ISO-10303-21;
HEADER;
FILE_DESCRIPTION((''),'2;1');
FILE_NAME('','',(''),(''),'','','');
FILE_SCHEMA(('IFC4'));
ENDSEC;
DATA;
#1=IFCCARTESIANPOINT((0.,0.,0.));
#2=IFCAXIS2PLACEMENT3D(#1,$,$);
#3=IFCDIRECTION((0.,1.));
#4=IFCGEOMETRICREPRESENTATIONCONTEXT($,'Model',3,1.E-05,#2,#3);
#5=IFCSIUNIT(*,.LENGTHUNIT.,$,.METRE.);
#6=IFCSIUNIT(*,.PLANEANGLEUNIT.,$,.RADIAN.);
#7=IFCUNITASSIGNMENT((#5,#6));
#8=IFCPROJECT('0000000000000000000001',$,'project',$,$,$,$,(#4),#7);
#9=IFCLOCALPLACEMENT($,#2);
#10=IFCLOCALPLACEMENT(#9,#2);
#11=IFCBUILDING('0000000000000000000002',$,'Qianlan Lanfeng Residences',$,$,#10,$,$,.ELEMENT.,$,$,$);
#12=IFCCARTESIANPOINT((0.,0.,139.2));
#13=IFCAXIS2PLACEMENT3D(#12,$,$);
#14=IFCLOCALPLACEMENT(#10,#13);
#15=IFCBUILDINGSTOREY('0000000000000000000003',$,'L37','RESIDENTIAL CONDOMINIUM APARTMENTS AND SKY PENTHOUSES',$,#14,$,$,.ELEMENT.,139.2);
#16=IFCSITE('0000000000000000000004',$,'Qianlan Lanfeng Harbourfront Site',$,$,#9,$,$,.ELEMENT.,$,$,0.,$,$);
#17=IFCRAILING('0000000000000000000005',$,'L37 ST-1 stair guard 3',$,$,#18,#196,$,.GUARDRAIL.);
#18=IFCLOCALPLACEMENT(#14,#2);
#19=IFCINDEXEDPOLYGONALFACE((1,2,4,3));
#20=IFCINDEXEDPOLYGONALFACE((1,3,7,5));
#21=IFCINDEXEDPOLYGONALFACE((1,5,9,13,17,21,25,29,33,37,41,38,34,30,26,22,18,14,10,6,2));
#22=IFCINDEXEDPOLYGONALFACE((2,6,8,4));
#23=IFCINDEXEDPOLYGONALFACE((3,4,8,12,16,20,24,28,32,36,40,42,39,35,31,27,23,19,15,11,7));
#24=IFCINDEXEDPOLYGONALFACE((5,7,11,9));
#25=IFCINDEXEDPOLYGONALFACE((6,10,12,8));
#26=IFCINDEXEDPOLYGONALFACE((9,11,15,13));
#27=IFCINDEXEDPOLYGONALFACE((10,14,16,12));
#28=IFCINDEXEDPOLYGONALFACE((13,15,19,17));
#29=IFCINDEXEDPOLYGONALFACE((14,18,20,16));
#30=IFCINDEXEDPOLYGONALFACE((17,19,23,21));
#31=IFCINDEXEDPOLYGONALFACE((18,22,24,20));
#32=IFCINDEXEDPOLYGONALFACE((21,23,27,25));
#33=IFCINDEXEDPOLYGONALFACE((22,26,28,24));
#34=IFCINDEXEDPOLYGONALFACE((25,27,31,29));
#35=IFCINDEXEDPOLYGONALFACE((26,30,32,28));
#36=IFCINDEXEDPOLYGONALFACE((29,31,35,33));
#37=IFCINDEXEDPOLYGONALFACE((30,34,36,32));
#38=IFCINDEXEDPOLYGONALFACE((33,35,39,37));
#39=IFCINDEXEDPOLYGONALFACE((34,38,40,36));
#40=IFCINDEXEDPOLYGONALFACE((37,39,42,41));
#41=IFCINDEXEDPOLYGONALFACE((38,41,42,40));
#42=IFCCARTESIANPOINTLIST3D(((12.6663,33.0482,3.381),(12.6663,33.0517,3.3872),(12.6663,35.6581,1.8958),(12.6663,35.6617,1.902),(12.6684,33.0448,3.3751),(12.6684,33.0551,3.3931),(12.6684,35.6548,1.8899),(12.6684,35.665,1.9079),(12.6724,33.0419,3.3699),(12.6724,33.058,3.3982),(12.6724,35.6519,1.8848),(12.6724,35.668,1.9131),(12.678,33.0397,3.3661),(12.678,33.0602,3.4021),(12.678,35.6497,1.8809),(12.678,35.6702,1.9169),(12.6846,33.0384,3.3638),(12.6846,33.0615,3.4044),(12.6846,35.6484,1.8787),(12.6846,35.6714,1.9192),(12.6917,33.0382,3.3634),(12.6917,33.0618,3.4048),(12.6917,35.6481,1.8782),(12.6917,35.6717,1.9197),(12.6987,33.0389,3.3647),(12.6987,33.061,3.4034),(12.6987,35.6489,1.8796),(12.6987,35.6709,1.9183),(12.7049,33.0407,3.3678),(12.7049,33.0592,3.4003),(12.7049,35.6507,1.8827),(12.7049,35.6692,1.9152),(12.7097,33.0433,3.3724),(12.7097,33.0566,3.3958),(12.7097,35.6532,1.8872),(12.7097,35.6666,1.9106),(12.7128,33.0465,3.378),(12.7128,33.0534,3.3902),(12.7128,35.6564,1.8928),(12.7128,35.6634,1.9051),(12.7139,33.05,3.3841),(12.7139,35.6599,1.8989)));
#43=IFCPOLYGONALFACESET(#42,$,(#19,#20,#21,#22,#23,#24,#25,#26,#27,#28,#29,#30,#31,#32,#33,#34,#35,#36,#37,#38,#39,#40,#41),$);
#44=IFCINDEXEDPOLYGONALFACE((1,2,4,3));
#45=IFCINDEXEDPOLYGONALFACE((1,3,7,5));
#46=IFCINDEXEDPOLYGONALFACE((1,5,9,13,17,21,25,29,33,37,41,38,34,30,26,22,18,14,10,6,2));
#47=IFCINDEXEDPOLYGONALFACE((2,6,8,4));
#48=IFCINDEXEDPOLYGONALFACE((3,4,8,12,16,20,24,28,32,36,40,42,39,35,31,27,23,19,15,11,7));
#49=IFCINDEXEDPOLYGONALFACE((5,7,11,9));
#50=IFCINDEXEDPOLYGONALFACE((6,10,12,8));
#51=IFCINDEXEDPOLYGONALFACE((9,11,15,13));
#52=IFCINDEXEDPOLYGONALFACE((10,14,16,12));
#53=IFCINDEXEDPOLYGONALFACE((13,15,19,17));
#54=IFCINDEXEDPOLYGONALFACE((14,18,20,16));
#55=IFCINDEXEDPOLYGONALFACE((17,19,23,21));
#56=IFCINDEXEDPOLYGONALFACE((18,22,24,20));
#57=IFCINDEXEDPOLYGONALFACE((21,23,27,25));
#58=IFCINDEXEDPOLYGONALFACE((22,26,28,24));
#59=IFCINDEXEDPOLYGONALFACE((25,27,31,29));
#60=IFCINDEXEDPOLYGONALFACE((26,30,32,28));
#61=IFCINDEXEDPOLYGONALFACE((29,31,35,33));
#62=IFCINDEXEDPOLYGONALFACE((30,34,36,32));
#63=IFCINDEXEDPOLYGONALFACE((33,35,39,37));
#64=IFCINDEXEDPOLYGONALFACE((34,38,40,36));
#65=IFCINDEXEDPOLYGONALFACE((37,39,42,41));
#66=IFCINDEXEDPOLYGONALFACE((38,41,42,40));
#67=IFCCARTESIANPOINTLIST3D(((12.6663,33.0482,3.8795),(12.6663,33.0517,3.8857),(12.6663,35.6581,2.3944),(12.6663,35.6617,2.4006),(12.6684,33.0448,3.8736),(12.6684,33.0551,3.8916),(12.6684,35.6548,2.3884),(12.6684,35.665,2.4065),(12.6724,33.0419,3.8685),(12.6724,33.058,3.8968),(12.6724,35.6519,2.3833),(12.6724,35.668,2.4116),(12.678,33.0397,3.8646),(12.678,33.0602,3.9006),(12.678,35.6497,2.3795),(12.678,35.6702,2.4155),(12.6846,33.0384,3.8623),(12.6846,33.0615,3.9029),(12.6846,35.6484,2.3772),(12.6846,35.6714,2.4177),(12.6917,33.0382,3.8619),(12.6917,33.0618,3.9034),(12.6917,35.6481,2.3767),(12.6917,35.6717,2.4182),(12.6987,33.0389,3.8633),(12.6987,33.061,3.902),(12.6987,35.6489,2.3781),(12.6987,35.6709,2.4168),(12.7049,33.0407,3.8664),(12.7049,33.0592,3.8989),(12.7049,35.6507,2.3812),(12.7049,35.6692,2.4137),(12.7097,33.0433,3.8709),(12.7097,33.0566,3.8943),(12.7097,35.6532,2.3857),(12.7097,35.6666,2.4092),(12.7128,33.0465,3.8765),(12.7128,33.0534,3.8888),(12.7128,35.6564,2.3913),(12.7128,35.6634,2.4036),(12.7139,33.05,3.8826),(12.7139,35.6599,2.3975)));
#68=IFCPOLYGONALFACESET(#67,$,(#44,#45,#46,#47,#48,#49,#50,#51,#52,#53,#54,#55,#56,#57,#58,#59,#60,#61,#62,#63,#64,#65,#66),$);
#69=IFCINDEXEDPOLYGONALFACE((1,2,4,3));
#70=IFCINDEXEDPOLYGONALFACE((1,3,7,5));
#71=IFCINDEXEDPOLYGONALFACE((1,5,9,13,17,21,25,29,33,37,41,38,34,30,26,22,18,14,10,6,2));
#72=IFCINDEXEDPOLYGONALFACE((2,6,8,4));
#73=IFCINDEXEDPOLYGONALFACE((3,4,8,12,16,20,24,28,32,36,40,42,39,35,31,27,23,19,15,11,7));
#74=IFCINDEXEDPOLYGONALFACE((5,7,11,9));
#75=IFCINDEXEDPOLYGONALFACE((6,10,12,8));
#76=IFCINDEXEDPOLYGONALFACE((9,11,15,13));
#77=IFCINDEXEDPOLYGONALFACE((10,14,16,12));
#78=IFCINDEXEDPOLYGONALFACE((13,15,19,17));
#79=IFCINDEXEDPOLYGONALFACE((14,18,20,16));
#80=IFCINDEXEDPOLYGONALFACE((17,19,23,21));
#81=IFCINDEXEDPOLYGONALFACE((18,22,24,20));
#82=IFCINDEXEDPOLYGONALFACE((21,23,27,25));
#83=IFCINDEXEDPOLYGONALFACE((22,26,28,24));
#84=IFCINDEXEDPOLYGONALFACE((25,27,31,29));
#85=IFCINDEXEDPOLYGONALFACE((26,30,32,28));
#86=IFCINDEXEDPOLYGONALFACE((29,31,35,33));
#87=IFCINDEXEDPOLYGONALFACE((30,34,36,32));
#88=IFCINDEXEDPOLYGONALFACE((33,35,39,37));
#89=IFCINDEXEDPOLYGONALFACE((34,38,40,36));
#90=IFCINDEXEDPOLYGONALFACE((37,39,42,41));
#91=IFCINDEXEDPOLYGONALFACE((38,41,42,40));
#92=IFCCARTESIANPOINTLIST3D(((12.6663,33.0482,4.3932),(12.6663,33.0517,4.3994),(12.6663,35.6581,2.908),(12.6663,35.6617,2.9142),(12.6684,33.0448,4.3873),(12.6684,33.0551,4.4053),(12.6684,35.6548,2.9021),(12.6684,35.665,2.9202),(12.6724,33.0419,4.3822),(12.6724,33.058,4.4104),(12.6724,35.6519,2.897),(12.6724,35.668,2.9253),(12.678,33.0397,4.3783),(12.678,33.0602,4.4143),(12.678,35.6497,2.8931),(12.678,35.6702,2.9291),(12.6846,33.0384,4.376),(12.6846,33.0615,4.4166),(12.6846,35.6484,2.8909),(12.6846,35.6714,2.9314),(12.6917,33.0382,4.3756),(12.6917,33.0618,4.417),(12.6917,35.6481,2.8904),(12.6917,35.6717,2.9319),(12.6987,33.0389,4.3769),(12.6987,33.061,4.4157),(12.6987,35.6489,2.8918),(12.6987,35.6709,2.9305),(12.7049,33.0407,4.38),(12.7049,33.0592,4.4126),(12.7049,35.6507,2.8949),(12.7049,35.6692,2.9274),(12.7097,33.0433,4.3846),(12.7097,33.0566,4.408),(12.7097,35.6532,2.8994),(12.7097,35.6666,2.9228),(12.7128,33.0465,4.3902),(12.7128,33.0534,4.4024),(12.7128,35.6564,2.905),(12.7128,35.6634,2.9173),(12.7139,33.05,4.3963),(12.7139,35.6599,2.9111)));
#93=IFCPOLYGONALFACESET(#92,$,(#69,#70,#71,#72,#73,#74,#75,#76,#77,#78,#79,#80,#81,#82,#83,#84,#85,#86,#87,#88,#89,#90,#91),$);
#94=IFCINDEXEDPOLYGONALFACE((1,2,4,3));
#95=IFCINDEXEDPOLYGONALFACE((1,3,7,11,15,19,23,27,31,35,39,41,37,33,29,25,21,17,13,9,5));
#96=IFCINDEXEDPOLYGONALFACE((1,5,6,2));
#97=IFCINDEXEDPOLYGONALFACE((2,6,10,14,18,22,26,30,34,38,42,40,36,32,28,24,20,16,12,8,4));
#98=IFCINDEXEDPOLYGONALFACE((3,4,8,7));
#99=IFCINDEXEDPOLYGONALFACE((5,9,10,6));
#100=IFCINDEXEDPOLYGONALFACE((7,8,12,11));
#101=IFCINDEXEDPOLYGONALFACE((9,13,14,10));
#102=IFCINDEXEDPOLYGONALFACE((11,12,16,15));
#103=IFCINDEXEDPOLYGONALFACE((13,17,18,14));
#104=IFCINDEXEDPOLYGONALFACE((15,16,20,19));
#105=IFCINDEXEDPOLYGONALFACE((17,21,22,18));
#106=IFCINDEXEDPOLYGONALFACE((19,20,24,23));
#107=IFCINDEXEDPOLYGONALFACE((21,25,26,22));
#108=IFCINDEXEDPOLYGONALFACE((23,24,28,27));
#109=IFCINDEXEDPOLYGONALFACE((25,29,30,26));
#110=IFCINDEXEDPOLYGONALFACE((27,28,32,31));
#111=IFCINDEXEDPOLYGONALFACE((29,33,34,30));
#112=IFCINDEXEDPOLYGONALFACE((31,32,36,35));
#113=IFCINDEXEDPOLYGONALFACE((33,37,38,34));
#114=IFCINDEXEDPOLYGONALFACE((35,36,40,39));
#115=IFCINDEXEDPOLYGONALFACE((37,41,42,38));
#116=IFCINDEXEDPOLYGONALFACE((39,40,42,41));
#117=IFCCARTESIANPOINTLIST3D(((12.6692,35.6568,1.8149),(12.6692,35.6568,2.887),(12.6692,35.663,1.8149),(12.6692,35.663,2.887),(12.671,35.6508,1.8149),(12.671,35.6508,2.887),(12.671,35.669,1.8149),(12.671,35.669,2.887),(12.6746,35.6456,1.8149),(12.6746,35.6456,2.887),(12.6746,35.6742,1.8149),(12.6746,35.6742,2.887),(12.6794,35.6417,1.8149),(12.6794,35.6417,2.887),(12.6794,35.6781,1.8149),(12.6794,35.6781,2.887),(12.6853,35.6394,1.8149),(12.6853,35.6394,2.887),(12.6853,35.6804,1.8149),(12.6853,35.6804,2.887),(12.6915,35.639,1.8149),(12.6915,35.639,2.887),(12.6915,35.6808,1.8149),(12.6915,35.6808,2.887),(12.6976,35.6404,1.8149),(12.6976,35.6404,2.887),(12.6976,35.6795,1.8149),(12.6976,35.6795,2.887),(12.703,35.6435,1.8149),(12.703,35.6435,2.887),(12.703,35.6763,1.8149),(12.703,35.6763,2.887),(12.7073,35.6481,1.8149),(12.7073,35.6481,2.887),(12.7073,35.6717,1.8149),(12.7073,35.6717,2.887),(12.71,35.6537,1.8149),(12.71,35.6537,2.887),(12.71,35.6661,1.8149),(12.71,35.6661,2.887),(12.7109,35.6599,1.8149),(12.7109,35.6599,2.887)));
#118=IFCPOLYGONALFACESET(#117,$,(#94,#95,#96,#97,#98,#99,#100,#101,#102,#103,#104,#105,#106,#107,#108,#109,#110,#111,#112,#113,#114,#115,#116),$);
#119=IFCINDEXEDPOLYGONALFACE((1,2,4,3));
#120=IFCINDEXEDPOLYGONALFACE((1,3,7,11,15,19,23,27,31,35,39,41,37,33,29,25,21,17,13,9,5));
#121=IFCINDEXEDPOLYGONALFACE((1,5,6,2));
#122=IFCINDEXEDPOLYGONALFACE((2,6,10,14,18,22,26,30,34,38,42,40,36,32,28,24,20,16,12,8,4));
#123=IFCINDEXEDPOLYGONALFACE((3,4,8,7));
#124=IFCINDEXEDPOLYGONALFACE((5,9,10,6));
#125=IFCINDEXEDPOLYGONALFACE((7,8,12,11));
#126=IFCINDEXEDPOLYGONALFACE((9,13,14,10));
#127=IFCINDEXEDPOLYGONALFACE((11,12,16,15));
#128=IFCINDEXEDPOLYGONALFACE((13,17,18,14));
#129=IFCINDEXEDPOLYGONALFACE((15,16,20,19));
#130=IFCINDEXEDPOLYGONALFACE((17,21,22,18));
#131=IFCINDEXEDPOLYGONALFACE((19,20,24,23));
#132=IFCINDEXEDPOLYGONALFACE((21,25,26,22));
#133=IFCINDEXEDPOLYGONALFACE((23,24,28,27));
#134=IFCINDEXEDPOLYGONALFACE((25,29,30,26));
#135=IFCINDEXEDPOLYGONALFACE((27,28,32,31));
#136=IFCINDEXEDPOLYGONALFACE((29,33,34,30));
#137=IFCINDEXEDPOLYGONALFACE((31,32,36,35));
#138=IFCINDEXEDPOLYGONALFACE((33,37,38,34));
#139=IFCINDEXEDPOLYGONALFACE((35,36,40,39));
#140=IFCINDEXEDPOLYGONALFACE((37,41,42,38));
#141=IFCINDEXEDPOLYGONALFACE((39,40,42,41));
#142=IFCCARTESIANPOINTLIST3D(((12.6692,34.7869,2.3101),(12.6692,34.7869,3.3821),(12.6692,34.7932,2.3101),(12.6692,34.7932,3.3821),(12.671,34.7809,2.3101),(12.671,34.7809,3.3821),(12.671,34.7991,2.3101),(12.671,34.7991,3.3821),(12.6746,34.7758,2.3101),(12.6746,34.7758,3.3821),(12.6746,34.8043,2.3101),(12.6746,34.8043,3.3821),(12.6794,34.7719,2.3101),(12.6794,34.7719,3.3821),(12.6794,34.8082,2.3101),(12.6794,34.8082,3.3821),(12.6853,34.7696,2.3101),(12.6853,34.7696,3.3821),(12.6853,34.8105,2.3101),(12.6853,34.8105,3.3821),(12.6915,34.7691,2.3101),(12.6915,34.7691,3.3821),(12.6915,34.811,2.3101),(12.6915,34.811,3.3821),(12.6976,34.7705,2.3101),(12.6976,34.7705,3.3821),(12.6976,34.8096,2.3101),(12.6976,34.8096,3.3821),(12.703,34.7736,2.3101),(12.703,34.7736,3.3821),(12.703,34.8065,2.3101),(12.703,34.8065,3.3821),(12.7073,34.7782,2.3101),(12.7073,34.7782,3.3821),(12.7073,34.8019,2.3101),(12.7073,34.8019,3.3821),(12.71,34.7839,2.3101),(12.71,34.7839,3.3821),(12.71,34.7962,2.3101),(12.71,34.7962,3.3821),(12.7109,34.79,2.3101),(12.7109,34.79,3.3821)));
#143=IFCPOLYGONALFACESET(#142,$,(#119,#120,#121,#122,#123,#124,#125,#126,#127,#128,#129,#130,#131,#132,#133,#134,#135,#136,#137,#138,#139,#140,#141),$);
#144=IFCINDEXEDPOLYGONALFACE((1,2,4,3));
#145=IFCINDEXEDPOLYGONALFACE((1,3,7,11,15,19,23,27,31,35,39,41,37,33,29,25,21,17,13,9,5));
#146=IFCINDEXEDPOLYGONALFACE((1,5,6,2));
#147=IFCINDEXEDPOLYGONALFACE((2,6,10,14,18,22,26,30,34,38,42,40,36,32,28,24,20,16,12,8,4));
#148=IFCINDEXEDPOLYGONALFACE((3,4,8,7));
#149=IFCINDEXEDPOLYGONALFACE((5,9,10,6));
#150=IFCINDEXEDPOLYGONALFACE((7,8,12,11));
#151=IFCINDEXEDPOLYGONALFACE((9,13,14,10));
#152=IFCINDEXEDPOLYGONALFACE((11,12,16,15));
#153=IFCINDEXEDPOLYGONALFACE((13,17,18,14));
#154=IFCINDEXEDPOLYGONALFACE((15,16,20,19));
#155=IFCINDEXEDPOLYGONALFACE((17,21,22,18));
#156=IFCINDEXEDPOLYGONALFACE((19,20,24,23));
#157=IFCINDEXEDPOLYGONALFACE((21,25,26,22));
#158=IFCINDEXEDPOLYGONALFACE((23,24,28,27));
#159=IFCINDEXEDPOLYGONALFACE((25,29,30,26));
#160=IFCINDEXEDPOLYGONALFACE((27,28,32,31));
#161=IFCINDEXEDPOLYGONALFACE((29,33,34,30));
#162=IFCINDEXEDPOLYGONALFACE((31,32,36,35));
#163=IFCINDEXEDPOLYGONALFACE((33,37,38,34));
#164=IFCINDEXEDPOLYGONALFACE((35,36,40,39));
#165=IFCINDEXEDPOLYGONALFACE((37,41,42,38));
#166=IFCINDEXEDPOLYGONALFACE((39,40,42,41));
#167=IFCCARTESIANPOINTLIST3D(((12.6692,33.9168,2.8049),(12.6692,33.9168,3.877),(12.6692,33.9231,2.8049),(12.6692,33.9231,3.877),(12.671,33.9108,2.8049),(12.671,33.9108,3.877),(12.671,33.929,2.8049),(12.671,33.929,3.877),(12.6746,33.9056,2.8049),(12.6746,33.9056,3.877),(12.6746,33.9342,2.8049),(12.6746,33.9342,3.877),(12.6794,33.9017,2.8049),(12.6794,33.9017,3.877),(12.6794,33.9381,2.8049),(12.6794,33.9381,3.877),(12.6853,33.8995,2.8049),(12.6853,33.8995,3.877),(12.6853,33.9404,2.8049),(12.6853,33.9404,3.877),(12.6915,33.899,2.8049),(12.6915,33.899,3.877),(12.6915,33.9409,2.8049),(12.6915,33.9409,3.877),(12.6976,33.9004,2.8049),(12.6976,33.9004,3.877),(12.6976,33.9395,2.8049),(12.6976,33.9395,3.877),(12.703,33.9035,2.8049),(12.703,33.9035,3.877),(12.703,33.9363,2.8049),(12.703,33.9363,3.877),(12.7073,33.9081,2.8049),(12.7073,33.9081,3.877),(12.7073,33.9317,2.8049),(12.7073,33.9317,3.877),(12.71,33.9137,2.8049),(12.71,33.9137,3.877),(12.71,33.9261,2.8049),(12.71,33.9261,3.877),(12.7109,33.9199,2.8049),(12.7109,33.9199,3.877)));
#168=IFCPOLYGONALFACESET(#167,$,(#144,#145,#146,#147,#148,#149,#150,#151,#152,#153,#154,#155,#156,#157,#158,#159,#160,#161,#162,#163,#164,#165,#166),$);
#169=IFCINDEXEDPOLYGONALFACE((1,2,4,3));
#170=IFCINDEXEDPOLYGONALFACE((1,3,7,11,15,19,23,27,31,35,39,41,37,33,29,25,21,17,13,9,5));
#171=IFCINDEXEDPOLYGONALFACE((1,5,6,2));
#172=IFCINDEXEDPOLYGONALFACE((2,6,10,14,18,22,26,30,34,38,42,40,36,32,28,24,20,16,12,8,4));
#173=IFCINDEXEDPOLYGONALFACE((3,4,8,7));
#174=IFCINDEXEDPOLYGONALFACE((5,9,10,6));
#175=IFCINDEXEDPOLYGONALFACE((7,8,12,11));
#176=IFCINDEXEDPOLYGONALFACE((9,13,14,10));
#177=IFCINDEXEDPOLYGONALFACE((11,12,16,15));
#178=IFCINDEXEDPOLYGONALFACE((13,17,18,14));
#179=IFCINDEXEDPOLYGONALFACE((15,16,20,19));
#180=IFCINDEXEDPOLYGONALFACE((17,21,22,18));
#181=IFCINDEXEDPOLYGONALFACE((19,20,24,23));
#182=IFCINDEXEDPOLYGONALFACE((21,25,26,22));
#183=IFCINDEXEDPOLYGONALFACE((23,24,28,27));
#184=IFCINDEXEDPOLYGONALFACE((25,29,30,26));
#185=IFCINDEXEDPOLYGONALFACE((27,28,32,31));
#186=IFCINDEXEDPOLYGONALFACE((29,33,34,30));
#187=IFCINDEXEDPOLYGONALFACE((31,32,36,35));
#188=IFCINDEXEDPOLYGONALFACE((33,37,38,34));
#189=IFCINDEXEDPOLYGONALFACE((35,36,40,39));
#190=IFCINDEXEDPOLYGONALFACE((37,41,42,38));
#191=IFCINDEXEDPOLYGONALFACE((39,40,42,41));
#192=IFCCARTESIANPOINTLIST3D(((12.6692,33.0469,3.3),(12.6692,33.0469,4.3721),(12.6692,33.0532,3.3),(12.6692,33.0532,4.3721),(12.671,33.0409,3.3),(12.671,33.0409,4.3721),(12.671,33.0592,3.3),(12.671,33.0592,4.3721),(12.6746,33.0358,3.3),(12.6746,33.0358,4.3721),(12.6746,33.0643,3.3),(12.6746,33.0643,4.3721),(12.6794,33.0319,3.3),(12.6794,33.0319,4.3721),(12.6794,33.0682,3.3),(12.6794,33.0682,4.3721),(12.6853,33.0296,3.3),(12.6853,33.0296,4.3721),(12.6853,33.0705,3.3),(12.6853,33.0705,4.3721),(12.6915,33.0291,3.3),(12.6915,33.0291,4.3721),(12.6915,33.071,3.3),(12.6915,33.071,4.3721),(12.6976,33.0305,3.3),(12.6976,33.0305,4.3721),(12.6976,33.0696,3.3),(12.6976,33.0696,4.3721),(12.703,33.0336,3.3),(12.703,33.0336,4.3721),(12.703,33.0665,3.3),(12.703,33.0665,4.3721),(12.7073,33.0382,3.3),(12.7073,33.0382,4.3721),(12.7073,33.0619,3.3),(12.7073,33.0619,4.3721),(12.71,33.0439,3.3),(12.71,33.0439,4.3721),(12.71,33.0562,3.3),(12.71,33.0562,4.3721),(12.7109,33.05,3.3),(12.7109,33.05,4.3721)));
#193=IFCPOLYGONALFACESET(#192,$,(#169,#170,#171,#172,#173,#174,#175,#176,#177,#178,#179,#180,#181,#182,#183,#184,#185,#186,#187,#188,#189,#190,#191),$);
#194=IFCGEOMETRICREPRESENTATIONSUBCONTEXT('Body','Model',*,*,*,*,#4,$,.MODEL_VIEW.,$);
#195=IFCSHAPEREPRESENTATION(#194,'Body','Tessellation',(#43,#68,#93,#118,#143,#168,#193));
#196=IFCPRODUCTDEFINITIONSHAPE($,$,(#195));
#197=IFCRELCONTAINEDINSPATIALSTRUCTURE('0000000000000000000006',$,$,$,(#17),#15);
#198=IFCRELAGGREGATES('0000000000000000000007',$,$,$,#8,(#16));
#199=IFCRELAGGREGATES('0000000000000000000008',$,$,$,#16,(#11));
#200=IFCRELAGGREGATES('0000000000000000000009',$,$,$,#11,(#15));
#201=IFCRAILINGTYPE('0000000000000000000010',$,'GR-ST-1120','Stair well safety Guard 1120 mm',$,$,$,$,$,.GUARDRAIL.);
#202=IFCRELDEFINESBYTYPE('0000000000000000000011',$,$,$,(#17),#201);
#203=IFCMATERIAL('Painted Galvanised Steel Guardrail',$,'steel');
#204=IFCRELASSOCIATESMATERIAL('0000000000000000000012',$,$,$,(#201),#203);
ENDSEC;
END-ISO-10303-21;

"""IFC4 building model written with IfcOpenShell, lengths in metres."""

from ifc_helpers import new_model, si_unit, direction, frame, origin, origin_2d, place, context, subcontext, project, spatial, circle, extrude, material, type_object, element, save


model = new_model("IFC4")

# Units and contexts
model_context = context("Model", 3, precision=1e-05, world=origin(), true_north=direction((0.0, 1.0)))
body_context = subcontext(model_context, "Body", "Model", "MODEL_VIEW")
ifc_project = project(units=[si_unit("LENGTHUNIT", "METRE"), si_unit("PLANEANGLEUNIT", "RADIAN")], contexts=[model_context])

# Site, building, storey
site_placement = place(None, origin())
site = spatial("IfcSite", under=ifc_project, at=site_placement, Name="Qianlan Lanfeng Harbourfront Site", CompositionType="ELEMENT", RefElevation=0.0)
building_placement = place(site_placement, origin())
building = spatial("IfcBuilding", under=site, at=building_placement, Name="Qianlan Lanfeng Residences", CompositionType="ELEMENT")
storey_placement = place(building_placement, frame((0.0, 0.0, 139.2)))
storey = spatial("IfcBuildingStorey", under=building, at=storey_placement, Name="L37", Description="RESIDENTIAL CONDOMINIUM APARTMENTS AND SKY PENTHOUSES", CompositionType="ELEMENT", Elevation=139.2)

# Railing
ifc_material_1 = material(Name="Painted Galvanised Steel Guardrail", Category="steel")
railing_type_1 = type_object("IfcRailingType", Name="GR-ST-1120", Description="Stair well safety Guard 1120 mm", PredefinedType="GUARDRAIL", material=ifc_material_1)
railing_1_placement = place(storey_placement, frame((12.6899, 35.6599, 1.8149)))
element("IfcRailing", 1, at=railing_1_placement, inside=storey, type_object=railing_type_1, Name="L37 ST-1 stair guard 3", PredefinedType="GUARDRAIL", context=body_context, shape_type="SweptSolid", body=[
    extrude(circle(Radius=0.0239, at=origin_2d()), frame((0.0, 0.0, 0.084), z_axis=(0.0, -0.869137, 0.494571), x_axis=(1.0, 0.0, 0.0)), (0.0, 0.0, 1.0), 3.0029),
    extrude(circle(Radius=0.0239, at=origin_2d()), frame((0.0, 0.0, 0.5825), z_axis=(0.0, -0.869137, 0.494571), x_axis=(1.0, 0.0, 0.0)), (0.0, 0.0, 1.0), 3.0029),
    extrude(circle(Radius=0.0239, at=origin_2d()), frame((0.0, 0.0, 1.0962), z_axis=(0.0, -0.869137, 0.494571), x_axis=(1.0, 0.0, 0.0)), (0.0, 0.0, 1.0), 3.0029),
    extrude(circle(Radius=0.021, at=origin_2d()), origin(), (0.0, 0.0, 1.0), 1.072),
    extrude(circle(Radius=0.021, at=origin_2d()), frame((0.0, -0.8699, 0.4951)), (0.0, 0.0, 1.0), 1.072),
    extrude(circle(Radius=0.021, at=origin_2d()), frame((0.0, -1.74, 0.99)), (0.0, 0.0, 1.0), 1.072),
    extrude(circle(Radius=0.021, at=origin_2d()), frame((0.0, -2.6099, 1.4851)), (0.0, 0.0, 1.0), 1.072),
])

save(model, "model.ifc")
